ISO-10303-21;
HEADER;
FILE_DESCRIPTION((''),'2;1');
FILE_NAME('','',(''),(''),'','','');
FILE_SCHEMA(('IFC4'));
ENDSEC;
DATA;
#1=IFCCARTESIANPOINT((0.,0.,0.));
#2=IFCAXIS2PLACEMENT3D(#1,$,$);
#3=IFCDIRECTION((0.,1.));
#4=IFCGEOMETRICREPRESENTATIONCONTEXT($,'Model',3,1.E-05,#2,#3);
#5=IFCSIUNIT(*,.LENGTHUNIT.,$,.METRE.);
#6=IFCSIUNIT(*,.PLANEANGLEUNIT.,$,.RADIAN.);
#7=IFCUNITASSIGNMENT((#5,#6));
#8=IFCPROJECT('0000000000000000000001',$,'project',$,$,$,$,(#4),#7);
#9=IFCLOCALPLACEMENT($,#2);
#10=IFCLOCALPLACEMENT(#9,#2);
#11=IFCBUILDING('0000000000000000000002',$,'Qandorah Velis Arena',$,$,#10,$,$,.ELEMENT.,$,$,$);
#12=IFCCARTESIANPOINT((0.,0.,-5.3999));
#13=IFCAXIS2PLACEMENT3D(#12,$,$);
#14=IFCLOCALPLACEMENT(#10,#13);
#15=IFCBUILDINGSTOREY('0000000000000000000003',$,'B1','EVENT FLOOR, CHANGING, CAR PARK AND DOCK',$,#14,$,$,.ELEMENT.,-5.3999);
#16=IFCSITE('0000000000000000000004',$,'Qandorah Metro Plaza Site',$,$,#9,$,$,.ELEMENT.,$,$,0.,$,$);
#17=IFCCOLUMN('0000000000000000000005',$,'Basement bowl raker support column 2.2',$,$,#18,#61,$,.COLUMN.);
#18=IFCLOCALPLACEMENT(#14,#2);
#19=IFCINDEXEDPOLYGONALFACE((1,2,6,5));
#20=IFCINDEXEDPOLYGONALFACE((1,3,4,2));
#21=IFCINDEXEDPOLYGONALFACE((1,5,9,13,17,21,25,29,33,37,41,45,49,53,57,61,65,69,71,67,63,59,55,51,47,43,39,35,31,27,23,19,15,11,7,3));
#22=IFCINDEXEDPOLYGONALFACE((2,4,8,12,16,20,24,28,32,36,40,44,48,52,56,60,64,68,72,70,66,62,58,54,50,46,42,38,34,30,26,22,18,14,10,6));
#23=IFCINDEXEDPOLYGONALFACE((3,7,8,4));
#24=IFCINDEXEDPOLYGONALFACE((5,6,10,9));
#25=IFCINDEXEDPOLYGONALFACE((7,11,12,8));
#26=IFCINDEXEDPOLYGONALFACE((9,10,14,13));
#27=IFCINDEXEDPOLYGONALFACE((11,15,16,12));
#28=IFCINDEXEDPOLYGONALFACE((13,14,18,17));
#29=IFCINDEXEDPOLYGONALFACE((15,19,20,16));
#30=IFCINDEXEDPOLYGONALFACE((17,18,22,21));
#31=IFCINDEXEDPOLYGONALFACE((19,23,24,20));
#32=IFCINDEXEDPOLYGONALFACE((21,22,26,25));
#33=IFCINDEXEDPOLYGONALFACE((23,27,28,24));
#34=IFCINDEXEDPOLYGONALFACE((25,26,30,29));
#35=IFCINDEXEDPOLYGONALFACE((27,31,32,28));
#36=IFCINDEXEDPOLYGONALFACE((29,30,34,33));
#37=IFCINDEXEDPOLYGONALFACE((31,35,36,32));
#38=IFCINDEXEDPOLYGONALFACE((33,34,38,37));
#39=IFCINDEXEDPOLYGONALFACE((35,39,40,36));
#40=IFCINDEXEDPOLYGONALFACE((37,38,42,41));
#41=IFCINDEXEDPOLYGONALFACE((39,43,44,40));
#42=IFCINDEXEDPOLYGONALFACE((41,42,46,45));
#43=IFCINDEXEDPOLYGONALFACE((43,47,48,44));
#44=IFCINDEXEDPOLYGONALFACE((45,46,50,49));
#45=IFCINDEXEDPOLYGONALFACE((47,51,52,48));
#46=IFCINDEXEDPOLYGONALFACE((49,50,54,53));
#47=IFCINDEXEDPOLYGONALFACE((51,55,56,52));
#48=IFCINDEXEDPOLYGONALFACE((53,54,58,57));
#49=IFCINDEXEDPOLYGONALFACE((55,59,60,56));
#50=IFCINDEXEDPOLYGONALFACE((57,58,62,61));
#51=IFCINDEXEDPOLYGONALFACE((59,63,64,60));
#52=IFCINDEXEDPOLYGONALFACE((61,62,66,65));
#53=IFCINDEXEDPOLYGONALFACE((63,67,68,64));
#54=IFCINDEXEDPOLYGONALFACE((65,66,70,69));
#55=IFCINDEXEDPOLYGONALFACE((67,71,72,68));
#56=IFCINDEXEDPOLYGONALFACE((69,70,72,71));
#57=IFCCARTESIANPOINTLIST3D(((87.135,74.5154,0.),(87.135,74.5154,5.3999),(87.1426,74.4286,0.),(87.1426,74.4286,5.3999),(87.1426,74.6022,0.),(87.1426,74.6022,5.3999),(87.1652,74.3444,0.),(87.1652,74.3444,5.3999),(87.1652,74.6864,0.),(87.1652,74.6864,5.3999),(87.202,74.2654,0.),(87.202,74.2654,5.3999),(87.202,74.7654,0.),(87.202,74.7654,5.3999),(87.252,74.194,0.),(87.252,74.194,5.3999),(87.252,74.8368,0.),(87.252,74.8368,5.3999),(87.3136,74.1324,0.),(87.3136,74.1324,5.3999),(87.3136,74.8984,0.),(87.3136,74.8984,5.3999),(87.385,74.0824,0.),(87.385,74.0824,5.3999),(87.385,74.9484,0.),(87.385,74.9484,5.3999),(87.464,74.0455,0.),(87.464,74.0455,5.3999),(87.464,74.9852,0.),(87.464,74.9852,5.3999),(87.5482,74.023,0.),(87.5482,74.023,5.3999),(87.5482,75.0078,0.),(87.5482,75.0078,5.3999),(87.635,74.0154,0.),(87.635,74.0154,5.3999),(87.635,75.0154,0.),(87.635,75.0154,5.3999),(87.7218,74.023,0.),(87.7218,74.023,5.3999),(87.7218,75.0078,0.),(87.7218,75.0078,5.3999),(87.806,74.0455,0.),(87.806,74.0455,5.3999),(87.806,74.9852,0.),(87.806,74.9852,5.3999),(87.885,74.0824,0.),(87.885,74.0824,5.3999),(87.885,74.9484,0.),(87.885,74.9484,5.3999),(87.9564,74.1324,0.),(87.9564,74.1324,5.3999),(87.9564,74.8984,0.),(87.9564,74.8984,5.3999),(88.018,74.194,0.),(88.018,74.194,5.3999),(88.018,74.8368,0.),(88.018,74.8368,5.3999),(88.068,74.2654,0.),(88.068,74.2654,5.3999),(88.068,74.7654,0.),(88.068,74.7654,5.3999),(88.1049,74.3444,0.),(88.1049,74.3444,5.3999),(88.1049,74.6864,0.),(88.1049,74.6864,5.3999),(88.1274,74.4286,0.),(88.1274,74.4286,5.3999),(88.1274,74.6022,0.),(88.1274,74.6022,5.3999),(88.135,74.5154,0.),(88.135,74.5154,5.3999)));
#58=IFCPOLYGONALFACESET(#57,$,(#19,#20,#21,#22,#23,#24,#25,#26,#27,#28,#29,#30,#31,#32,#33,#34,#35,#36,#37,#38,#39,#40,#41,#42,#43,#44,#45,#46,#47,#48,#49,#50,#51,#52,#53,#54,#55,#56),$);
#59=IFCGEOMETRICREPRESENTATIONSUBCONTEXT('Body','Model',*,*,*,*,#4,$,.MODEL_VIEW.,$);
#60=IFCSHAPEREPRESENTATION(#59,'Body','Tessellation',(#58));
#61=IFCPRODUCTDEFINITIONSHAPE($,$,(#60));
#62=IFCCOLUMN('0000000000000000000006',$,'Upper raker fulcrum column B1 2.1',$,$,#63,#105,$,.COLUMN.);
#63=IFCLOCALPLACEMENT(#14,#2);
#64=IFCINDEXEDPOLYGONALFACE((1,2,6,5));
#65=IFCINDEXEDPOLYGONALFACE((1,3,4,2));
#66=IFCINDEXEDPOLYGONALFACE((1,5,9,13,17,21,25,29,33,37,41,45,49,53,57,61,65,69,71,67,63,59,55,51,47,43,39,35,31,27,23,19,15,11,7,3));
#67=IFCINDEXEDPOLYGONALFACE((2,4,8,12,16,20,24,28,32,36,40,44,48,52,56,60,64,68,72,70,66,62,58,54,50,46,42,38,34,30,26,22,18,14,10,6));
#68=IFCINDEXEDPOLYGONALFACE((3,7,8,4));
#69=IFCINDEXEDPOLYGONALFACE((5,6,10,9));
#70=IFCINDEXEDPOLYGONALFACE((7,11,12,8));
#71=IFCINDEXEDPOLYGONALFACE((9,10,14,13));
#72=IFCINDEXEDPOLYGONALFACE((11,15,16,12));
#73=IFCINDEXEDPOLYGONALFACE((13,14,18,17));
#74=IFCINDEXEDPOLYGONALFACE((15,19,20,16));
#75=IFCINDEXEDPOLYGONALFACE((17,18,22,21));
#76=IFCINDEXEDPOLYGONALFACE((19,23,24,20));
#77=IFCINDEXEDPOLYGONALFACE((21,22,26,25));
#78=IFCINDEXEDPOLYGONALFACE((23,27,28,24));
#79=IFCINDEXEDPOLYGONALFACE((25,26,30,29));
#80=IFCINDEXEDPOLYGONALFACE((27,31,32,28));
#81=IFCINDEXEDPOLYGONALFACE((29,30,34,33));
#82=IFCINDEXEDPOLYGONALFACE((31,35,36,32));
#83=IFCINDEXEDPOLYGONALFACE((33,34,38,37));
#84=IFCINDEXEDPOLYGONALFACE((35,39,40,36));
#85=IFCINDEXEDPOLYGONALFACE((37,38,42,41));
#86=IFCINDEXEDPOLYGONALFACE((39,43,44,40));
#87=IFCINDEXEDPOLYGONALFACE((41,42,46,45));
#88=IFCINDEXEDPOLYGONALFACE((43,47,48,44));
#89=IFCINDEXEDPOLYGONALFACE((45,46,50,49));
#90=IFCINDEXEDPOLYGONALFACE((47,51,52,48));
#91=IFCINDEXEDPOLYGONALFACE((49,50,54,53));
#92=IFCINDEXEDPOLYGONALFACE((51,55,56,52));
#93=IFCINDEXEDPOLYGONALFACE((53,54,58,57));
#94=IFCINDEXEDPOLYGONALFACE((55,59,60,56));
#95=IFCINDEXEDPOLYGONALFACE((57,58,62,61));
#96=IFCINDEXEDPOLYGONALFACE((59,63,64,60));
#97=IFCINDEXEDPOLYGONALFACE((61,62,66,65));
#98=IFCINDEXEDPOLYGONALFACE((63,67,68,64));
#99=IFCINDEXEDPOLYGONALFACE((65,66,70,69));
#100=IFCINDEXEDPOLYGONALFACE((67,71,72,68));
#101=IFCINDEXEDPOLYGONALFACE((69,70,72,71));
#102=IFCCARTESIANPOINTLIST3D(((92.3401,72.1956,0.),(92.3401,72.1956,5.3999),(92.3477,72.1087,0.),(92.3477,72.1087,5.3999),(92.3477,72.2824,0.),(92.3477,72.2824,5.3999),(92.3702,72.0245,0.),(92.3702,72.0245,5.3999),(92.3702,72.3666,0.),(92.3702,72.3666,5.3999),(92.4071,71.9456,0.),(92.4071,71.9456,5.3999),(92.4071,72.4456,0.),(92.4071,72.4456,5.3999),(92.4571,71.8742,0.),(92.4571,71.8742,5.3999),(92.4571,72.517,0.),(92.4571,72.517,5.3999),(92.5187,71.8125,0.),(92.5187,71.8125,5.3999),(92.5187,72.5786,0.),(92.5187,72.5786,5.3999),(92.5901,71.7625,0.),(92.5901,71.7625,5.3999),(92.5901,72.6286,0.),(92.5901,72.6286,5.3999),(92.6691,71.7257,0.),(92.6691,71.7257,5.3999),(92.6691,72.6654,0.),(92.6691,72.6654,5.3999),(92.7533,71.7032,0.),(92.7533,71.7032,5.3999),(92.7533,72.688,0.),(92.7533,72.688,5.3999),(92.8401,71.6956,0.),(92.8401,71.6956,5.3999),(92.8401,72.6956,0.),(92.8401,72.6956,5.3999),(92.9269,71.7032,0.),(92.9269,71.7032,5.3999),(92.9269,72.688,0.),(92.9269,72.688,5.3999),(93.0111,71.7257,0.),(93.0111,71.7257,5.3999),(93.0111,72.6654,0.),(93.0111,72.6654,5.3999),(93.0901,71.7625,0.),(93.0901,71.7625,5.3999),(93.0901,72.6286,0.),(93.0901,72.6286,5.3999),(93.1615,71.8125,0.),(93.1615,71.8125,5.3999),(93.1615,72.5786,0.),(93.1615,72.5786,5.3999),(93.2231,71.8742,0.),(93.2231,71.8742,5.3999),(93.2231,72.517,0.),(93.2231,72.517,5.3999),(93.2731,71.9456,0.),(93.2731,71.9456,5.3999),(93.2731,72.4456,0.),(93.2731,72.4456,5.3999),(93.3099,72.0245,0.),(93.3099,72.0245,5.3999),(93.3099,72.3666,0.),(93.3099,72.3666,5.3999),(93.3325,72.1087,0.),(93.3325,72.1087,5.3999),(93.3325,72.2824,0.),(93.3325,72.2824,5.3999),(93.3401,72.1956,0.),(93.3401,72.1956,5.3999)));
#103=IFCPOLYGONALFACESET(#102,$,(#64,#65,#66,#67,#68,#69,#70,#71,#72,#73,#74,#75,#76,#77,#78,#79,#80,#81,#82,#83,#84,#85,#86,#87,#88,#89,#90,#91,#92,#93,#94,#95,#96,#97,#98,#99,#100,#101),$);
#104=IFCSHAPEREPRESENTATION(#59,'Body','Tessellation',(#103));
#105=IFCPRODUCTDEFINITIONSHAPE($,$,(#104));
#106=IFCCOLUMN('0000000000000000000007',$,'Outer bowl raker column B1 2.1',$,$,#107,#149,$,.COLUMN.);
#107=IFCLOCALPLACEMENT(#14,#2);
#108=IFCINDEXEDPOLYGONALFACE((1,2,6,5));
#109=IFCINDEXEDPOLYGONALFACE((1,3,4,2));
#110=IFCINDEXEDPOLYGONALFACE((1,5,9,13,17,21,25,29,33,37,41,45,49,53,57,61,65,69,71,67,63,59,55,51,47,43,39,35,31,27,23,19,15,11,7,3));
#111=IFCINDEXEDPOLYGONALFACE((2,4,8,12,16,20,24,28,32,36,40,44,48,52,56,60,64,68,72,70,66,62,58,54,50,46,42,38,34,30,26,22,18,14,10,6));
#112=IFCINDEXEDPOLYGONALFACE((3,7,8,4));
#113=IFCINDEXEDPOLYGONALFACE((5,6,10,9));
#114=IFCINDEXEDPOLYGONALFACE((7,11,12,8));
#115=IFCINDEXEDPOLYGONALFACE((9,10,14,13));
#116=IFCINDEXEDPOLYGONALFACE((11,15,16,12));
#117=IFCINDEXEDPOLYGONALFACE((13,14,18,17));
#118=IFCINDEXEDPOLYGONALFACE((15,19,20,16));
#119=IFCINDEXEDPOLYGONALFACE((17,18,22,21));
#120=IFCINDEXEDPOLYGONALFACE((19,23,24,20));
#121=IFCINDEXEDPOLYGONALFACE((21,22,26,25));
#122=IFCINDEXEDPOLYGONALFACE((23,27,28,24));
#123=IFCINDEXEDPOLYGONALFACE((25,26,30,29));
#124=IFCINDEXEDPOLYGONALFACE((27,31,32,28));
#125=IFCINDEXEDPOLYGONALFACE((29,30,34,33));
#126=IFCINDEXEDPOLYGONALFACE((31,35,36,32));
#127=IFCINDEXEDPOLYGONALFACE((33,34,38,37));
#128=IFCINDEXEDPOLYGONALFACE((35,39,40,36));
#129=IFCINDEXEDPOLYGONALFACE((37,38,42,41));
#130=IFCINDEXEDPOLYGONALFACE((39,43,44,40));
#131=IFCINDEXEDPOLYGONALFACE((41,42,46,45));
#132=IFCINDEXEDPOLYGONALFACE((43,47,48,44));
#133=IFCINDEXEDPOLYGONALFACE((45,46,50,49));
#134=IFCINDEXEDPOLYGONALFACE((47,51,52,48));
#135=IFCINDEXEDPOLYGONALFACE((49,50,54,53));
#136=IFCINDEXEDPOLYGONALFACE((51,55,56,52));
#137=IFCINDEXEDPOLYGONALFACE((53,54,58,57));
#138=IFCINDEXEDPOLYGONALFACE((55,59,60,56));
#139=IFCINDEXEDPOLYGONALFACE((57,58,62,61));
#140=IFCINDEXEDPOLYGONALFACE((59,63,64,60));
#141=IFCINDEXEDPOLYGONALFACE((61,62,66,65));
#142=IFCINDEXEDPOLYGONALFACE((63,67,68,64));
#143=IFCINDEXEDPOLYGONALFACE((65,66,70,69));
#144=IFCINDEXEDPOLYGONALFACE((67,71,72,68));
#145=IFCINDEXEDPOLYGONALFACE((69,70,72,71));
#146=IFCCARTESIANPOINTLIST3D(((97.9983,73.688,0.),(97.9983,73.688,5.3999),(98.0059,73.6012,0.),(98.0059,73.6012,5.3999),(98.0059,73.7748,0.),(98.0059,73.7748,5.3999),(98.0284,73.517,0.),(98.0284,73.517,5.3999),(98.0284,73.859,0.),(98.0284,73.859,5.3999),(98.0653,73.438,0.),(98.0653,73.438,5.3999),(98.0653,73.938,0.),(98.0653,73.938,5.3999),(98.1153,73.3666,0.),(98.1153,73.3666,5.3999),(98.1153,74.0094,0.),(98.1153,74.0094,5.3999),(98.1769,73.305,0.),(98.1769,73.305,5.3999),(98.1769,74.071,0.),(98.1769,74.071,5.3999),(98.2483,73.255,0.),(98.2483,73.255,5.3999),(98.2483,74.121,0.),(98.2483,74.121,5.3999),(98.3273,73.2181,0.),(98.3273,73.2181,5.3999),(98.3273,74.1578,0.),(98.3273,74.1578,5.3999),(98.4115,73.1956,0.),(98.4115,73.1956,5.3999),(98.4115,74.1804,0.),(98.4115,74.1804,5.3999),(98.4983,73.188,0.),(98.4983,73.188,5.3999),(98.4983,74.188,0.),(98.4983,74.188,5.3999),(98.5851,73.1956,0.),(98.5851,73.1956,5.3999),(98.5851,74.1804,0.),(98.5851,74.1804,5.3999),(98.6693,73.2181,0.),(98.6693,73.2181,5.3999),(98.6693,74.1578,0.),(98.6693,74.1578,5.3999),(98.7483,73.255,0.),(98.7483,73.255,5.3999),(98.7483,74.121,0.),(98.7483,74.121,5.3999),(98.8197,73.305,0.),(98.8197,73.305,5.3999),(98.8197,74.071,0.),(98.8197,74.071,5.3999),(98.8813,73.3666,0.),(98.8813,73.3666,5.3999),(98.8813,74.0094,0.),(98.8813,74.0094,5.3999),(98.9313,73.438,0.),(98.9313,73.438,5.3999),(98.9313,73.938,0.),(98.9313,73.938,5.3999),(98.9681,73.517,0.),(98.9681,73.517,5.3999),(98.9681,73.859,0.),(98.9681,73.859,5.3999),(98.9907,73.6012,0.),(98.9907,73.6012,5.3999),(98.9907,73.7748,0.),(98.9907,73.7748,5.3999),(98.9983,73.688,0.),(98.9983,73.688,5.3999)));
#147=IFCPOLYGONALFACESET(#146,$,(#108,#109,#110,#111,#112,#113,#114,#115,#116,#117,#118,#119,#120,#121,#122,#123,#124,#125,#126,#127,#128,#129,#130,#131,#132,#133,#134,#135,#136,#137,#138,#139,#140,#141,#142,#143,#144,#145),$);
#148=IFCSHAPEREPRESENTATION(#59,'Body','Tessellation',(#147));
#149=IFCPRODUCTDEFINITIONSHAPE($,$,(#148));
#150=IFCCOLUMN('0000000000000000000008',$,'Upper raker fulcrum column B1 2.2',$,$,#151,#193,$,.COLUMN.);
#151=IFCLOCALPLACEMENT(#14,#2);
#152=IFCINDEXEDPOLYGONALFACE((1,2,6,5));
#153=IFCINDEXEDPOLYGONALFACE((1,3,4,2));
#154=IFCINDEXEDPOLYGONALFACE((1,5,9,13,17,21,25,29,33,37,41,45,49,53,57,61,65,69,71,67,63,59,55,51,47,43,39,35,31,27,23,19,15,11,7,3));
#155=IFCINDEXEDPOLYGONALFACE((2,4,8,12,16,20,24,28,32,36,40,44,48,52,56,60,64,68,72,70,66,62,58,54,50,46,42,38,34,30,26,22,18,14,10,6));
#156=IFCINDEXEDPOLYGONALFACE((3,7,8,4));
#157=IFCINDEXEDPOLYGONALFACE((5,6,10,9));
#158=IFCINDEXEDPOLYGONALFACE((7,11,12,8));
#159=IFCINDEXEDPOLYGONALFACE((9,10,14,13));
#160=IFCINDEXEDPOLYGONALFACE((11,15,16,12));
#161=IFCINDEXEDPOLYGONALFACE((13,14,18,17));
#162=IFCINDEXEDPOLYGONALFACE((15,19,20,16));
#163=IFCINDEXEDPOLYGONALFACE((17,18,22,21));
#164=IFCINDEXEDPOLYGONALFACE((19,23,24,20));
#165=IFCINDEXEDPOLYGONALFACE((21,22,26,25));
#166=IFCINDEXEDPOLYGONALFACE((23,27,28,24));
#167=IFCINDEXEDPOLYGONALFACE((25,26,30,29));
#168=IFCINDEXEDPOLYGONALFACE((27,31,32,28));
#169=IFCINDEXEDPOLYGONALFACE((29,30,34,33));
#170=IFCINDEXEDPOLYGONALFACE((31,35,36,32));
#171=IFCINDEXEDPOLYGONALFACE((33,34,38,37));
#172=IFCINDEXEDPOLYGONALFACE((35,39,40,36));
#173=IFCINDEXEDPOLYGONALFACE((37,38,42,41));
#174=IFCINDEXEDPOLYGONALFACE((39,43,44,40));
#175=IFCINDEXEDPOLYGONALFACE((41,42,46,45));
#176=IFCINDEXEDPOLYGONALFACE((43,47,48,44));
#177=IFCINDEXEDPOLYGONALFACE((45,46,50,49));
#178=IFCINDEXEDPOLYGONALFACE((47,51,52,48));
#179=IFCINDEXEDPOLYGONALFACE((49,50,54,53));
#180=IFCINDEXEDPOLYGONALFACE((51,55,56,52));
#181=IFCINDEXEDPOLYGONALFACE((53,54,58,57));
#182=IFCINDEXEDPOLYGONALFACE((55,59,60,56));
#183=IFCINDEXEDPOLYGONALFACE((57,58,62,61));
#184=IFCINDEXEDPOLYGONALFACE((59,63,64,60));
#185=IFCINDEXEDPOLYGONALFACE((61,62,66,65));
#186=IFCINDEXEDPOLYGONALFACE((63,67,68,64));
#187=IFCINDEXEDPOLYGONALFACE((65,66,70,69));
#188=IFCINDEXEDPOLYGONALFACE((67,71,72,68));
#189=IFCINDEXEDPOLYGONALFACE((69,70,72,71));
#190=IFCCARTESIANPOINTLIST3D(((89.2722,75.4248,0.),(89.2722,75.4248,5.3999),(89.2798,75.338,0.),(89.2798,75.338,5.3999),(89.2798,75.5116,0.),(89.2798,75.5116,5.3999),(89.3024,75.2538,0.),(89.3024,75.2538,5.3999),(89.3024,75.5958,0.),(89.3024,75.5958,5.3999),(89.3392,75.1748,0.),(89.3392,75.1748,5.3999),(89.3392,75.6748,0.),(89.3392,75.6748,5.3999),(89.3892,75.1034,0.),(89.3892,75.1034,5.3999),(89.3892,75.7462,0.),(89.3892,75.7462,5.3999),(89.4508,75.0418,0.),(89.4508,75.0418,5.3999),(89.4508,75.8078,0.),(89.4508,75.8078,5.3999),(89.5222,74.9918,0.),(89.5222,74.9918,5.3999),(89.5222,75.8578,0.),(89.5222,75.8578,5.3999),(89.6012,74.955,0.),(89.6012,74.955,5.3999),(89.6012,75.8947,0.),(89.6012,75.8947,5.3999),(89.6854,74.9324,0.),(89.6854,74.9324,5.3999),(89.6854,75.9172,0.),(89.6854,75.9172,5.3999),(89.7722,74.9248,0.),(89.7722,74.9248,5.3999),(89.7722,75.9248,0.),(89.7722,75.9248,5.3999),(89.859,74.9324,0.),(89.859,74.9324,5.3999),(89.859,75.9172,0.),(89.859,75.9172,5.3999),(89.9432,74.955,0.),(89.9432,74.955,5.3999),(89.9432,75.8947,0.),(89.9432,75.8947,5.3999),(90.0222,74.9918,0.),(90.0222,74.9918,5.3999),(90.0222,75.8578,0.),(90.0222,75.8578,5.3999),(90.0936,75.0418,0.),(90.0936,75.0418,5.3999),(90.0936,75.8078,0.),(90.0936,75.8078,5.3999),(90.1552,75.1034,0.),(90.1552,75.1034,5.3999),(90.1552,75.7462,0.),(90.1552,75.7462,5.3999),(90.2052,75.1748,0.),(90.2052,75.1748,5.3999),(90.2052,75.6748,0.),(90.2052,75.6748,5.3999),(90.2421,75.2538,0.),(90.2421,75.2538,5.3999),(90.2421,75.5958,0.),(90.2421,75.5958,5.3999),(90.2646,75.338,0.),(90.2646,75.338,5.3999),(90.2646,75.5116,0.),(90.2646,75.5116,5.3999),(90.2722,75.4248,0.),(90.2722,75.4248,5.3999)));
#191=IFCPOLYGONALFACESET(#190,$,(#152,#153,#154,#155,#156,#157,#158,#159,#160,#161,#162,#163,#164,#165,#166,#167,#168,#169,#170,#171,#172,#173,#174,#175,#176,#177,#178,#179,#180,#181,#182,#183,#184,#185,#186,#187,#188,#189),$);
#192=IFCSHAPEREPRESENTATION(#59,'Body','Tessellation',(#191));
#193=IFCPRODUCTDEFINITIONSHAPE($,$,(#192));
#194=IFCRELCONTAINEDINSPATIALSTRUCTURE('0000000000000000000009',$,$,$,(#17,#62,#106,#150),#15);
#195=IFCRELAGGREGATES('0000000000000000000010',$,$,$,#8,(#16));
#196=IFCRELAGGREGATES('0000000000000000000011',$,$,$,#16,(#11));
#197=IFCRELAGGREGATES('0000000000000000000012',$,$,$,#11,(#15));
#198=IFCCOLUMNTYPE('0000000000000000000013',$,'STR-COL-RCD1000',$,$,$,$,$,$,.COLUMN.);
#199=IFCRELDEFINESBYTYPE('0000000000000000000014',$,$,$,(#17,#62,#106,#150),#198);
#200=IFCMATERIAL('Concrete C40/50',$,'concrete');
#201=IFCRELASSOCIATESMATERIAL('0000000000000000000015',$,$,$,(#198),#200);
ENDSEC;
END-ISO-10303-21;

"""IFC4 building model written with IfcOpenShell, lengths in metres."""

from ifc_helpers import new_model, si_unit, direction, frame, origin, origin_2d, place, context, subcontext, project, spatial, circle, extrude, material, material_profile, profile_set, type_object, element, save


model = new_model("IFC4")

# Units and contexts
model_context = context("Model", 3, precision=1e-05, world=origin(), true_north=direction((0.0, 1.0)))
body_context = subcontext(model_context, "Body", "Model", "MODEL_VIEW")
ifc_project = project(units=[si_unit("LENGTHUNIT", "METRE"), si_unit("PLANEANGLEUNIT", "RADIAN")], contexts=[model_context])

# Site, building, storey
site_placement = place(None, origin())
site = spatial("IfcSite", under=ifc_project, at=site_placement, Name="Qandorah Metro Plaza Site", CompositionType="ELEMENT", RefElevation=0.0)
building_placement = place(site_placement, origin())
building = spatial("IfcBuilding", under=site, at=building_placement, Name="Qandorah Velis Arena", CompositionType="ELEMENT")
storey_placement = place(building_placement, frame((0.0, 0.0, -5.3999)))
storey = spatial("IfcBuildingStorey", under=building, at=storey_placement, Name="B1", Description="EVENT FLOOR, CHANGING, CAR PARK AND DOCK", CompositionType="ELEMENT", Elevation=-5.3999)

# Shared definitions
ifc_material = material(Name="Concrete C40/50", Category="concrete")

# Columns
ifc_material_profile_1 = material_profile(ifc_material, circle(Radius=0.5, at=origin_2d()), Name="RC D1000")
ifc_profile_set_1 = profile_set([ifc_material_profile_1], Name="Concrete C40/50")
column_type_1 = type_object("IfcColumnType", Name="STR-COL-RCD1000", PredefinedType="COLUMN", material=ifc_profile_set_1)
for number, where, z_axis, x_axis, name in (
    (1, (87.635, 74.5154, 0.0), (0.0, 0.0, 1.0), (1.0, 0.0, 0.0), "Basement bowl raker support column 2.2"),
    (2, (92.8401, 72.1956, 0.0), (0.0, 0.0, 1.0), (1.0, 0.0, 0.0), "Upper raker fulcrum column B1 2.1"),
    (3, (98.4983, 73.688, 0.0), (0.0, 0.0, 1.0), (1.0, 0.0, 0.0), "Outer bowl raker column B1 2.1"),
    (4, (89.7722, 75.4248, 0.0), (0.0, 0.0, 1.0), (1.0, 0.0, 0.0), "Upper raker fulcrum column B1 2.2"),
):
    element("IfcColumn", number, at=place(storey_placement, frame(where, z_axis=z_axis, x_axis=x_axis)), inside=storey, type_object=column_type_1, Name=name, PredefinedType="COLUMN", context=body_context, shape_type="SweptSolid", body=[
        extrude(circle(Radius=0.5, at=origin_2d()), origin(), (0.0, 0.0, 1.0), 5.3999),
    ])

save(model, "model.ifc")
